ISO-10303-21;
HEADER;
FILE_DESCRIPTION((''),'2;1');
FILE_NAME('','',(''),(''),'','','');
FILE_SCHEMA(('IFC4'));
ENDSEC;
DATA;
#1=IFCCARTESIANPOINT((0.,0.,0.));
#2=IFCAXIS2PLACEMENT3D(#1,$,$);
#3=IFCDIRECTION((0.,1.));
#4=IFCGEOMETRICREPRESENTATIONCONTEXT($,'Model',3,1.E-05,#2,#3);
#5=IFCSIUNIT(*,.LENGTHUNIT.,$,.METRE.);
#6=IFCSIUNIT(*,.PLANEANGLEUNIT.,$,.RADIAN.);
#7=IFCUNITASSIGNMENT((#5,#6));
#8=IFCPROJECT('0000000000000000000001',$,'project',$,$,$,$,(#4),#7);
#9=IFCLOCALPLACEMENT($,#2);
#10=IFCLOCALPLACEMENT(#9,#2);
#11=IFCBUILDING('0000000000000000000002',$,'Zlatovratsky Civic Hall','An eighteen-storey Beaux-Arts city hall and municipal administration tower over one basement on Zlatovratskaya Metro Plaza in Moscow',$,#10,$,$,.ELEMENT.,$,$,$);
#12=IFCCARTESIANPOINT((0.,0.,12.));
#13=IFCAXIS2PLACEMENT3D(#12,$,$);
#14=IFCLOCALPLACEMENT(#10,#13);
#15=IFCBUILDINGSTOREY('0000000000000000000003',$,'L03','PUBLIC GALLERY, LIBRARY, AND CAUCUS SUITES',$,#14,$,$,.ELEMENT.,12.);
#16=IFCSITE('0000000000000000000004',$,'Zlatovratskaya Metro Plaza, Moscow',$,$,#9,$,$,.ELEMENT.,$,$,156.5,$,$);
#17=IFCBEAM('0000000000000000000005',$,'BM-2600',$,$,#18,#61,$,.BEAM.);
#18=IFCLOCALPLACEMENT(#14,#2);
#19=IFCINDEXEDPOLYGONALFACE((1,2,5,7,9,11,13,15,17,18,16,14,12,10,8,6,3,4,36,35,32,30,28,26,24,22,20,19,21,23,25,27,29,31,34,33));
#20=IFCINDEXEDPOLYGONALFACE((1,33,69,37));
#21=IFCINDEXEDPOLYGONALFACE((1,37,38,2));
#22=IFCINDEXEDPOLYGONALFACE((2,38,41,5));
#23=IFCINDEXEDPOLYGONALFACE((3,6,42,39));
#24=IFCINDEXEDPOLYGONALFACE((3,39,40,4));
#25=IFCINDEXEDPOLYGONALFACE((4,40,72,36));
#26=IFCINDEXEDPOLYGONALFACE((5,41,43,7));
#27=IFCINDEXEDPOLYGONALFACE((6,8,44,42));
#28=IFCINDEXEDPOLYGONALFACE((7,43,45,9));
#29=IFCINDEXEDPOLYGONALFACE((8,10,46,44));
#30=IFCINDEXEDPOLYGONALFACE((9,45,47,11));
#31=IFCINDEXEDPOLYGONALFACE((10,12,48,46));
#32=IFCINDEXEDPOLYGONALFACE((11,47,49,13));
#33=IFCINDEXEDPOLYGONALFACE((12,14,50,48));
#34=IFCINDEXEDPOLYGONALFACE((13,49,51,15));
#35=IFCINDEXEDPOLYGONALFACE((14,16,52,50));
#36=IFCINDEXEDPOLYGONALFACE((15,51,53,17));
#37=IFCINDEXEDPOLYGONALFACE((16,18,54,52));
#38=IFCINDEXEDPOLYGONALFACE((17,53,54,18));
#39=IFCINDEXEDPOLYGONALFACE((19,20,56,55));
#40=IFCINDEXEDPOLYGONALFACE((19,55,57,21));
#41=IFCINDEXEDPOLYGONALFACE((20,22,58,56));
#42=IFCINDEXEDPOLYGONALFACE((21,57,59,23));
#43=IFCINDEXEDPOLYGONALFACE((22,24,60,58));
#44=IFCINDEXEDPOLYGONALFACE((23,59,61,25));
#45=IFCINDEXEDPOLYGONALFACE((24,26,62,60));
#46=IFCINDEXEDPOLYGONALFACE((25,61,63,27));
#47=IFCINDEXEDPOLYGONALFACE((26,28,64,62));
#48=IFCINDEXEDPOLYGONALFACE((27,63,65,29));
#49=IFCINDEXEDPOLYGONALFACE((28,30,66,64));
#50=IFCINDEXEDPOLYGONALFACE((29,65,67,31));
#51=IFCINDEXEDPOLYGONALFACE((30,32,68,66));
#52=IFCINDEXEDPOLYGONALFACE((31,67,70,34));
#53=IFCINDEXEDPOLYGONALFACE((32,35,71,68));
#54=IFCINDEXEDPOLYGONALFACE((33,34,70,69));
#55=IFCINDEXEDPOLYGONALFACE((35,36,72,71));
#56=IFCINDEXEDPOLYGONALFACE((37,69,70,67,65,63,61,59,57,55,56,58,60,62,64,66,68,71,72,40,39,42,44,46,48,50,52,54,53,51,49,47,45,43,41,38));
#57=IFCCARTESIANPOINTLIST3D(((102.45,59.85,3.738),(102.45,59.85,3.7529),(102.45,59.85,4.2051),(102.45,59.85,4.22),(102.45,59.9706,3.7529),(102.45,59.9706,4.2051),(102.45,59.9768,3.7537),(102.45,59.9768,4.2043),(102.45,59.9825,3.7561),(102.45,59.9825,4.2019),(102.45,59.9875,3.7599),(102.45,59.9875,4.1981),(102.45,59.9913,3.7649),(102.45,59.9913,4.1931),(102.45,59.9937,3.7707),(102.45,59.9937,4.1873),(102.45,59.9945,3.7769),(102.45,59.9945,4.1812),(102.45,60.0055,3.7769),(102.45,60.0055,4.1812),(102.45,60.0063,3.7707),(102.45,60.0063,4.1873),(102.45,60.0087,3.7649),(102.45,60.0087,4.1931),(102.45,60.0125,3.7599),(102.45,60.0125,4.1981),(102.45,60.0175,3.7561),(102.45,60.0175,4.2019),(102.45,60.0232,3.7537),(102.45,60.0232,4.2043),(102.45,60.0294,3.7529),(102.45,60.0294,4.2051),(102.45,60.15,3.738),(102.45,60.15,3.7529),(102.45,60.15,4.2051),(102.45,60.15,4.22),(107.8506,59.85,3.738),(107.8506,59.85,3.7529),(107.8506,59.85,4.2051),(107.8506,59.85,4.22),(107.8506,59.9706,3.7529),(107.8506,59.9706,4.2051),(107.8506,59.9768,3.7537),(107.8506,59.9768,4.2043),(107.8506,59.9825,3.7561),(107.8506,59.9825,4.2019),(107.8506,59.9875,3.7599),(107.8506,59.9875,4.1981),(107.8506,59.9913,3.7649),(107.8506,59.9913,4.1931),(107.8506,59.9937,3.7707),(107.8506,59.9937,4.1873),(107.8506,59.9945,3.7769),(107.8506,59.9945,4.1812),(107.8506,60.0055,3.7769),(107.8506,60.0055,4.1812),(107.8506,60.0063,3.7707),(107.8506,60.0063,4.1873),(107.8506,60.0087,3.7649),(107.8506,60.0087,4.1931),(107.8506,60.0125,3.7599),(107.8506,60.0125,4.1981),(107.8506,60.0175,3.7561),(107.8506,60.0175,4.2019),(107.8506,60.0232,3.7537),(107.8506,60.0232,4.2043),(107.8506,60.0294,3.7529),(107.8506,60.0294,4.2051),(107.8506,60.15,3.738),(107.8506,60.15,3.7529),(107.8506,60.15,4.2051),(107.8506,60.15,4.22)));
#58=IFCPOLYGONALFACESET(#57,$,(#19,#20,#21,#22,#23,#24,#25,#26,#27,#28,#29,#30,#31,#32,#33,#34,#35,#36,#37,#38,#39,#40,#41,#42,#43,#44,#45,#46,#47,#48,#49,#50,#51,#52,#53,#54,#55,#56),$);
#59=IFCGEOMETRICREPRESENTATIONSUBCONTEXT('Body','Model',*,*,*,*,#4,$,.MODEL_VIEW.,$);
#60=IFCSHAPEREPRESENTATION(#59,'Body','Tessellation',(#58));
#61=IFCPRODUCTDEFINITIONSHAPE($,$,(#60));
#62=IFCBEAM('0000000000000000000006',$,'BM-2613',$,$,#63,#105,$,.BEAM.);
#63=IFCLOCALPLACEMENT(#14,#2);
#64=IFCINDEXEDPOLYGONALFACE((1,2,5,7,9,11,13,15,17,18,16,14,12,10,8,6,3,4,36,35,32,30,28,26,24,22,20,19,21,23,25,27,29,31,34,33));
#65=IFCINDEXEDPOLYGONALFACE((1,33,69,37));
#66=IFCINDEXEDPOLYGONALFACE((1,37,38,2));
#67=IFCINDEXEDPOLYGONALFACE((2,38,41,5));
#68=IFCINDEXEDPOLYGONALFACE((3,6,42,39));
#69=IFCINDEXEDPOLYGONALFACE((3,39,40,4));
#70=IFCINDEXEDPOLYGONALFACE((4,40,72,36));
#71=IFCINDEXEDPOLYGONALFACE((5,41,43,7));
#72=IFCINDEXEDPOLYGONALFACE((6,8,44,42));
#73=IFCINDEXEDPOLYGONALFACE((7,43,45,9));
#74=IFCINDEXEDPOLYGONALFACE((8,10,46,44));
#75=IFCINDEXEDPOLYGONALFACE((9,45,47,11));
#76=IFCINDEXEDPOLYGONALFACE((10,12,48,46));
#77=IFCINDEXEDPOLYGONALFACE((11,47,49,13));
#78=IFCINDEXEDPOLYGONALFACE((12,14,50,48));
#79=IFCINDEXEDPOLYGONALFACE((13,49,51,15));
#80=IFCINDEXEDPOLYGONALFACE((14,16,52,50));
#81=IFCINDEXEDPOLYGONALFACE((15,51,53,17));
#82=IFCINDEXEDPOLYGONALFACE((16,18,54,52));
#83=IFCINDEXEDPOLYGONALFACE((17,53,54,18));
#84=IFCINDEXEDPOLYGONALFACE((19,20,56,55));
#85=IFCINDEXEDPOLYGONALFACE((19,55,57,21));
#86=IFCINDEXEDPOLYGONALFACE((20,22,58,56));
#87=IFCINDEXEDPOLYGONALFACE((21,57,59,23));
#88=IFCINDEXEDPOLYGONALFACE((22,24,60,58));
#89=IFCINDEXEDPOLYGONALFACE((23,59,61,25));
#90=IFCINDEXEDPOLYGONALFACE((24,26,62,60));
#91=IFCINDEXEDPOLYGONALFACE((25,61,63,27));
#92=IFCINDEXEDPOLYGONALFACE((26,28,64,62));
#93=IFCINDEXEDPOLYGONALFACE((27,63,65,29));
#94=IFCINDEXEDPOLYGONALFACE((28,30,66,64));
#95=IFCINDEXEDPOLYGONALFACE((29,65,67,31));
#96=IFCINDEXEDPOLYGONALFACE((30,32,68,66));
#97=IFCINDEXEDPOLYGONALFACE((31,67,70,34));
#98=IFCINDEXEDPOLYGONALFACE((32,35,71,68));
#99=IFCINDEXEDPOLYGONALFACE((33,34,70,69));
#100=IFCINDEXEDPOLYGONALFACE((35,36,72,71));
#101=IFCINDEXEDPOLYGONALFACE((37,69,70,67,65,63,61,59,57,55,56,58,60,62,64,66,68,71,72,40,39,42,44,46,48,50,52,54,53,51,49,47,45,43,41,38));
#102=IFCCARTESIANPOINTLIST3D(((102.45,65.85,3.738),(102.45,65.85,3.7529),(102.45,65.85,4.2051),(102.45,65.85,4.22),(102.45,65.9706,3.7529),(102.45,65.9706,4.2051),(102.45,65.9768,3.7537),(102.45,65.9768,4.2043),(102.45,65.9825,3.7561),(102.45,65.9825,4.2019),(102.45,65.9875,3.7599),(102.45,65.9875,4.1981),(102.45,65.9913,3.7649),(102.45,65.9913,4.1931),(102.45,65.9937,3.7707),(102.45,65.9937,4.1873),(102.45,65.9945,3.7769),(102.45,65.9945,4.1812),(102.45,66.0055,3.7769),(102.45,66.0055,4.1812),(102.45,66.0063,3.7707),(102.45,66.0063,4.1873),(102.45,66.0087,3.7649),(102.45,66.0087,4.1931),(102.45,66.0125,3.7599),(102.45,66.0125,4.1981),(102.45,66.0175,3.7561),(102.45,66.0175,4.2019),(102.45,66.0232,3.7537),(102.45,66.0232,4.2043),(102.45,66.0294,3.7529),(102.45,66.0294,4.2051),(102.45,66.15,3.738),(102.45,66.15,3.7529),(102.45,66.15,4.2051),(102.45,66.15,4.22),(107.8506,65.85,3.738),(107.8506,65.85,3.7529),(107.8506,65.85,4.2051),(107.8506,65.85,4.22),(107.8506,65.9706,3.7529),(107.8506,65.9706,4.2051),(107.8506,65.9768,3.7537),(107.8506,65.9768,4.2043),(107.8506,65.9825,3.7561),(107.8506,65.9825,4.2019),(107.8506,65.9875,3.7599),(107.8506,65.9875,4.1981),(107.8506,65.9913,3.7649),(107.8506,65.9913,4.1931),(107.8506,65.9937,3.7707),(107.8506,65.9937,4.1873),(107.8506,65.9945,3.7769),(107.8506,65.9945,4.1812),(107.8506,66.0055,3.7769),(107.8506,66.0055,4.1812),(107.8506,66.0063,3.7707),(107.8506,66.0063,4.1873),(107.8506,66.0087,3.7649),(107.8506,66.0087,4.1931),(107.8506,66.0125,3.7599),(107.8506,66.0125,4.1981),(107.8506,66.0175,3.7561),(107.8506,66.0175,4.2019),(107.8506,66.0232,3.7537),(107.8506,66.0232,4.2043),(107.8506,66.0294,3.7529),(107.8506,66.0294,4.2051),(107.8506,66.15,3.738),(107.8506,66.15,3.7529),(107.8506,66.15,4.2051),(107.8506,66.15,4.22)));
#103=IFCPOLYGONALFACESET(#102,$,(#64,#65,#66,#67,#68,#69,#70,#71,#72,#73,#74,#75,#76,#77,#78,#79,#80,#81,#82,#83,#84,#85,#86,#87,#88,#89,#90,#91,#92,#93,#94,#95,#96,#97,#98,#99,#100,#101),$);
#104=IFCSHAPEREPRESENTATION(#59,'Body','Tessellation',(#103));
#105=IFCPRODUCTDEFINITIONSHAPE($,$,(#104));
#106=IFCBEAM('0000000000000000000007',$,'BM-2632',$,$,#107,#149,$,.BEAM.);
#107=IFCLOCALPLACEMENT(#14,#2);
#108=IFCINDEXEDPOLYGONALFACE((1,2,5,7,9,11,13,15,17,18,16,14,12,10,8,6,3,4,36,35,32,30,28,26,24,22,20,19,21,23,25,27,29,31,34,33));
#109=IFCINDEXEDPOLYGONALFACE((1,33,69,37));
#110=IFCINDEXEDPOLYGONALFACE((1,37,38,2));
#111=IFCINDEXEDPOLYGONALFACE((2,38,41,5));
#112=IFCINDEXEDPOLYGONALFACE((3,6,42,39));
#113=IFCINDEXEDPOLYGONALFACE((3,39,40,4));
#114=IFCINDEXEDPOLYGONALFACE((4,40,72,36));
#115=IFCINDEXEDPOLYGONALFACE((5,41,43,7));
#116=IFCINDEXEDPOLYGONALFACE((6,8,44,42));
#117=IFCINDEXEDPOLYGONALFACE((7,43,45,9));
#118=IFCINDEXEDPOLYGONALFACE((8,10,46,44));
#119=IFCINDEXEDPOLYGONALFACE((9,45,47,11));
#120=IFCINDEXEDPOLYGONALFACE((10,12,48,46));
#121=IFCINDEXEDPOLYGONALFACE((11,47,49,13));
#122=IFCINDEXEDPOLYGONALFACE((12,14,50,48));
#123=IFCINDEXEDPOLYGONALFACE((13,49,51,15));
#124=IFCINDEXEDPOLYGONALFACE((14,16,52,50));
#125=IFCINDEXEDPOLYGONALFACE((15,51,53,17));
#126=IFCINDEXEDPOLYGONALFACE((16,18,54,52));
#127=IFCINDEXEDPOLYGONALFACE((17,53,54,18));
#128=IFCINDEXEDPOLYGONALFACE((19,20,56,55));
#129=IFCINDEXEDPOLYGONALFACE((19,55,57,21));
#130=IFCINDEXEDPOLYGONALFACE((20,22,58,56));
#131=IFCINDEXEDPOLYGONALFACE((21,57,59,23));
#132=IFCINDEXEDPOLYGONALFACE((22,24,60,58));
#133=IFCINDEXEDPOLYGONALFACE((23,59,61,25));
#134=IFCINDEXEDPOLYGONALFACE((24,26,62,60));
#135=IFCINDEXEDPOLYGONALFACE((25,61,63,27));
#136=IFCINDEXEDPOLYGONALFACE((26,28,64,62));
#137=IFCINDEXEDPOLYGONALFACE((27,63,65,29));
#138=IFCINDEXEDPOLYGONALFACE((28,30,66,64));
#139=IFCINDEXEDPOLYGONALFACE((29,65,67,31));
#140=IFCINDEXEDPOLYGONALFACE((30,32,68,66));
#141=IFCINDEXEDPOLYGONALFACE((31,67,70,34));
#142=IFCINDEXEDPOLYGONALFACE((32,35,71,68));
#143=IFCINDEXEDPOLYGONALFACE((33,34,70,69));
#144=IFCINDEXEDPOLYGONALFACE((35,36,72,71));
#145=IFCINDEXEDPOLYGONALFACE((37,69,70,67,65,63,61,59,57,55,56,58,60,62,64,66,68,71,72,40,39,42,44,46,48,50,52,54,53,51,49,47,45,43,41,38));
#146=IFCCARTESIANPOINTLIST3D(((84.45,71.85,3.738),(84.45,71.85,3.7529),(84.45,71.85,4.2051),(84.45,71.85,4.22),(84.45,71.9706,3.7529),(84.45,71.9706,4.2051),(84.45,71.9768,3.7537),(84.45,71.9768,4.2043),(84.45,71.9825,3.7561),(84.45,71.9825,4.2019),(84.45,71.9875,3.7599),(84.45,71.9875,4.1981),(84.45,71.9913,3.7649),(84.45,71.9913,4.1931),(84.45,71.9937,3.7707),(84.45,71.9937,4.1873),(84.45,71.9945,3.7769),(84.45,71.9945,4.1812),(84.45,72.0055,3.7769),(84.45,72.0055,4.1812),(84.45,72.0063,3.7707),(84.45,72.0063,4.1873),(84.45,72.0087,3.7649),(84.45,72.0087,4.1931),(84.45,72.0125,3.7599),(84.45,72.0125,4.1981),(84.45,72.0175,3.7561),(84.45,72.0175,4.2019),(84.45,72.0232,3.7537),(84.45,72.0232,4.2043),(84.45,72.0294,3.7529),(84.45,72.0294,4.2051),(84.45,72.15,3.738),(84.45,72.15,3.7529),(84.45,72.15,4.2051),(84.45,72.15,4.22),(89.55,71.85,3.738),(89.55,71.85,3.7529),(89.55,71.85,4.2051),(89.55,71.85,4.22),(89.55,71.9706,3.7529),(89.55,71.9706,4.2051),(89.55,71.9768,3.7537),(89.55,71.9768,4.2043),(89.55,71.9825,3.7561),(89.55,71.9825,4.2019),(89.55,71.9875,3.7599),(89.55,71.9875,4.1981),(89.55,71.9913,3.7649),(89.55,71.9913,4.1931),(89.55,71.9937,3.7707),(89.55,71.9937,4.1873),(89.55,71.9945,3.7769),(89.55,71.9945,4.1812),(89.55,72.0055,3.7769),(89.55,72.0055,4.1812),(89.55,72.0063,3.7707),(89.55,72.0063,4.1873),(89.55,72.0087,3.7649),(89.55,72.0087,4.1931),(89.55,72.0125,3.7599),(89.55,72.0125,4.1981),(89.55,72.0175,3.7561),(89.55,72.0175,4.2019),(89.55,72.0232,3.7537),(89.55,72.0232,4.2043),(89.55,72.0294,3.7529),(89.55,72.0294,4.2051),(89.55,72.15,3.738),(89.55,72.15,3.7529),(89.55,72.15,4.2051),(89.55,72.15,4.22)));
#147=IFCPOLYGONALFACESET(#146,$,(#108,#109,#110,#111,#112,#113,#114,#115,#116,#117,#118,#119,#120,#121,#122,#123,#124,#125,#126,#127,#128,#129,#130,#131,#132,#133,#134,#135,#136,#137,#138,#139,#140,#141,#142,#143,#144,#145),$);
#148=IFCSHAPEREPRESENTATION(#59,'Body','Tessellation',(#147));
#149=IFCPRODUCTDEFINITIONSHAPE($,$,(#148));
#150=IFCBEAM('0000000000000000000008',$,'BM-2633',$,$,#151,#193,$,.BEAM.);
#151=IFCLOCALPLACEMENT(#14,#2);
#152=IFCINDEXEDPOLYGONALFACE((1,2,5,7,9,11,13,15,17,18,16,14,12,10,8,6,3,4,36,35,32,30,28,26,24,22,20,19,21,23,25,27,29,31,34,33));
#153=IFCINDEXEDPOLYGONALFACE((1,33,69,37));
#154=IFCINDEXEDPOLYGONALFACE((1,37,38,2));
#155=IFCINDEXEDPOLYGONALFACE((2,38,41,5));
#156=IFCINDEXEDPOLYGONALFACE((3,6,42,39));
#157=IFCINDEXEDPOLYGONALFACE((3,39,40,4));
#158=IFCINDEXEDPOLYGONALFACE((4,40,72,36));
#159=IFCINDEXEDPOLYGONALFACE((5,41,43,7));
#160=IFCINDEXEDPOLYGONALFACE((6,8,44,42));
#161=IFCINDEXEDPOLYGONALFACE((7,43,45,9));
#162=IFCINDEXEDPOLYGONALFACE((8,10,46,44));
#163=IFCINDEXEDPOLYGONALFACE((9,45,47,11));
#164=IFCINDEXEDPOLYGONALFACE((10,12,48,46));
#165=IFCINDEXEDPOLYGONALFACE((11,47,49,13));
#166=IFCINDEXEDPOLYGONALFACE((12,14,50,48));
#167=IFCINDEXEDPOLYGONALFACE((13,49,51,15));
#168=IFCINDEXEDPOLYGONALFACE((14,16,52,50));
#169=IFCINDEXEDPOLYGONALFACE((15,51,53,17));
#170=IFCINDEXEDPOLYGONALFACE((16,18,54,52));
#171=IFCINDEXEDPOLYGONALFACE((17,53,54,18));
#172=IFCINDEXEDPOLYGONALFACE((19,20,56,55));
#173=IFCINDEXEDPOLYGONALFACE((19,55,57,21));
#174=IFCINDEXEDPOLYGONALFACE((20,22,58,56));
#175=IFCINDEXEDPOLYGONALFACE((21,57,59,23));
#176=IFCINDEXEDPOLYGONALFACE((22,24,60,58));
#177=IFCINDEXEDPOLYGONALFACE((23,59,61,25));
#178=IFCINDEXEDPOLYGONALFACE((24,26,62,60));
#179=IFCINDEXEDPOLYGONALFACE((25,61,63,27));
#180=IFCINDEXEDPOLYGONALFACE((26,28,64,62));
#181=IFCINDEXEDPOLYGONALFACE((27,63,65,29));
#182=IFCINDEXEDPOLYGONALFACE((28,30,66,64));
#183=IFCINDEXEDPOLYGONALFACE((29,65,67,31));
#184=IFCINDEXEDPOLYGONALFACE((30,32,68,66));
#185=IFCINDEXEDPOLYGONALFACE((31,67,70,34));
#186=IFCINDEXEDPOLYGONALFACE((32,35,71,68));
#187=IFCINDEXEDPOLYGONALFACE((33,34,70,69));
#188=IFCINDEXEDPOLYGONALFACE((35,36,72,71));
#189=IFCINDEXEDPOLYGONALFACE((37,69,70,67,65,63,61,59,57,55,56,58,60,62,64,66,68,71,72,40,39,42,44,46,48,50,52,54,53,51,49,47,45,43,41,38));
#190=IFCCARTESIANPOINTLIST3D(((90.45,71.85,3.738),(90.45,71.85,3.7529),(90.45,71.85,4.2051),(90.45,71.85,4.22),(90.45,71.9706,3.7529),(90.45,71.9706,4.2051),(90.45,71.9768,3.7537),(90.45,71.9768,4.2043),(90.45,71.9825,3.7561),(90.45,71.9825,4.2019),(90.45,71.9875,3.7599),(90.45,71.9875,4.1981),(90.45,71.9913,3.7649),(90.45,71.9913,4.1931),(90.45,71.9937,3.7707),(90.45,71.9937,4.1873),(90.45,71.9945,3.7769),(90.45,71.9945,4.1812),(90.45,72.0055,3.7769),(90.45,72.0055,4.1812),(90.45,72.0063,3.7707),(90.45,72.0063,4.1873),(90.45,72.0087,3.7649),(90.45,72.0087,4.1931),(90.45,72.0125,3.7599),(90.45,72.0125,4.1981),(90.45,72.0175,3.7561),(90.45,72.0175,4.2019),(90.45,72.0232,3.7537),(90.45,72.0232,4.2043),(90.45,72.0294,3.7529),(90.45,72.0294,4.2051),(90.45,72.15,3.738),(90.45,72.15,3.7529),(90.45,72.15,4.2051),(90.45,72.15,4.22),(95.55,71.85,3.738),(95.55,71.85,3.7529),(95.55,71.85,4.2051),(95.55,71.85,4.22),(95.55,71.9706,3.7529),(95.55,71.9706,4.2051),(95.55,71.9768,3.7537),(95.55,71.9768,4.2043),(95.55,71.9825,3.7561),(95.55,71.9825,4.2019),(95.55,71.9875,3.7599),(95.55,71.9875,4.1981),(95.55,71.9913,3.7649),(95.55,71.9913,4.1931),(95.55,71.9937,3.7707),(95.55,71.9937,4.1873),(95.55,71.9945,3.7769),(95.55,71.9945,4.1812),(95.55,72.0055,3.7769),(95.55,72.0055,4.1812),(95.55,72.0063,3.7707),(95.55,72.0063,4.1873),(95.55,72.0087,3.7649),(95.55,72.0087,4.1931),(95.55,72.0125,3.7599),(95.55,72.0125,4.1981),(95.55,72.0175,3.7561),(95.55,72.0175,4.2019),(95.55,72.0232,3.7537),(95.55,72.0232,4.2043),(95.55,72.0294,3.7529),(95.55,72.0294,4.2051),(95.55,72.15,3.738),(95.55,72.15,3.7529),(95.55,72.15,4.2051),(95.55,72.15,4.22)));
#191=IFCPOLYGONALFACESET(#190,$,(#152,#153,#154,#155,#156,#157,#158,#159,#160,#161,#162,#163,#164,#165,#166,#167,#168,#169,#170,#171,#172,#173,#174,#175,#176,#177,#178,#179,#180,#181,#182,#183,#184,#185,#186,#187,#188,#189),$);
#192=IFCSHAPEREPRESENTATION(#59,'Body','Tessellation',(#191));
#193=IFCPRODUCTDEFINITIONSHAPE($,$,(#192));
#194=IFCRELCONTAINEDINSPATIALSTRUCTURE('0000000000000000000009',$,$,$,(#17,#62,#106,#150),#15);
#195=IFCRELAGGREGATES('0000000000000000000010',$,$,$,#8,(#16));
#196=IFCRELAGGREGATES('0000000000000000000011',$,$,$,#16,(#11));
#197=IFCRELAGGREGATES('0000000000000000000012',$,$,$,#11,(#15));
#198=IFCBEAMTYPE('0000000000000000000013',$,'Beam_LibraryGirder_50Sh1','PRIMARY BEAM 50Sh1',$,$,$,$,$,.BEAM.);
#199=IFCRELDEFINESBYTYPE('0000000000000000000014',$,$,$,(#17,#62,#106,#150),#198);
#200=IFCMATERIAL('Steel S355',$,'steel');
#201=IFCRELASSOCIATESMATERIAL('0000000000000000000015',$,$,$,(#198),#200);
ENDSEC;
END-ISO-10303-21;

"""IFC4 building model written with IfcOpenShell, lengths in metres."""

from ifc_helpers import new_model, si_unit, direction, frame, origin, origin_2d, place, context, subcontext, project, spatial, i_section, extrude, material, material_profile, profile_set, type_object, element, save


model = new_model("IFC4")

# Units and contexts
model_context = context("Model", 3, precision=1e-05, world=origin(), true_north=direction((0.0, 1.0)))
body_context = subcontext(model_context, "Body", "Model", "MODEL_VIEW")
ifc_project = project(units=[si_unit("LENGTHUNIT", "METRE"), si_unit("PLANEANGLEUNIT", "RADIAN")], contexts=[model_context])

# Site, building, storey
site_placement = place(None, origin())
site = spatial("IfcSite", under=ifc_project, at=site_placement, Name="Zlatovratskaya Metro Plaza, Moscow", CompositionType="ELEMENT", RefElevation=156.5)
building_placement = place(site_placement, origin())
building = spatial("IfcBuilding", under=site, at=building_placement, Name="Zlatovratsky Civic Hall", Description="An eighteen-storey Beaux-Arts city hall and municipal administration tower over one basement on Zlatovratskaya Metro Plaza in Moscow", CompositionType="ELEMENT")
storey_placement = place(building_placement, frame((0.0, 0.0, 12.0)))
storey = spatial("IfcBuildingStorey", under=building, at=storey_placement, Name="L03", Description="PUBLIC GALLERY, LIBRARY, AND CAUCUS SUITES", CompositionType="ELEMENT", Elevation=12.0)

# Shared definitions
ifc_material_1 = material(Name="Steel S355", Category="steel")

# Beams
ifc_material_profile_1 = material_profile(ifc_material_1, i_section(OverallWidth=0.3, OverallDepth=0.4819, WebThickness=0.011, FlangeThickness=0.0149, FilletRadius=0.0239, at=origin_2d()), Name="50Sh1")
ifc_profile_set_1 = profile_set([ifc_material_profile_1], Name="Steel S355")
beam_type = type_object("IfcBeamType", Name="Beam_LibraryGirder_50Sh1", Description="PRIMARY BEAM 50Sh1", PredefinedType="BEAM", material=ifc_profile_set_1)
for number, where, z_axis, x_axis, name in (
    (1, (102.45, 60.0, 3.979), (1.0, 0.0, 0.0), (0.0, 1.0, 0.0), "BM-2600"),
    (2, (102.45, 66.0, 3.979), (1.0, 0.0, 0.0), (0.0, 1.0, 0.0), "BM-2613"),
):
    element("IfcBeam", number, at=place(storey_placement, frame(where, z_axis=z_axis, x_axis=x_axis)), inside=storey, type_object=beam_type, Name=name, PredefinedType="BEAM", context=body_context, shape_type="SweptSolid", body=[
        extrude(i_section(OverallWidth=0.3, OverallDepth=0.4819, WebThickness=0.011, FlangeThickness=0.0149, FilletRadius=0.0239, at=origin_2d()), origin(), (0.0, 0.0, 1.0), 5.4006),
    ])
for number, where, z_axis, x_axis, name in (
    (3, (84.45, 72.0, 3.979), (1.0, 0.0, 0.0), (0.0, 1.0, 0.0), "BM-2632"),
    (4, (90.45, 72.0, 3.979), (1.0, 0.0, 0.0), (0.0, 1.0, 0.0), "BM-2633"),
):
    element("IfcBeam", number, at=place(storey_placement, frame(where, z_axis=z_axis, x_axis=x_axis)), inside=storey, type_object=beam_type, Name=name, PredefinedType="BEAM", context=body_context, shape_type="SweptSolid", body=[
        extrude(i_section(OverallWidth=0.3, OverallDepth=0.4819, WebThickness=0.011, FlangeThickness=0.0149, FilletRadius=0.0239, at=origin_2d()), origin(), (0.0, 0.0, 1.0), 5.1001),
    ])

save(model, "model.ifc")
